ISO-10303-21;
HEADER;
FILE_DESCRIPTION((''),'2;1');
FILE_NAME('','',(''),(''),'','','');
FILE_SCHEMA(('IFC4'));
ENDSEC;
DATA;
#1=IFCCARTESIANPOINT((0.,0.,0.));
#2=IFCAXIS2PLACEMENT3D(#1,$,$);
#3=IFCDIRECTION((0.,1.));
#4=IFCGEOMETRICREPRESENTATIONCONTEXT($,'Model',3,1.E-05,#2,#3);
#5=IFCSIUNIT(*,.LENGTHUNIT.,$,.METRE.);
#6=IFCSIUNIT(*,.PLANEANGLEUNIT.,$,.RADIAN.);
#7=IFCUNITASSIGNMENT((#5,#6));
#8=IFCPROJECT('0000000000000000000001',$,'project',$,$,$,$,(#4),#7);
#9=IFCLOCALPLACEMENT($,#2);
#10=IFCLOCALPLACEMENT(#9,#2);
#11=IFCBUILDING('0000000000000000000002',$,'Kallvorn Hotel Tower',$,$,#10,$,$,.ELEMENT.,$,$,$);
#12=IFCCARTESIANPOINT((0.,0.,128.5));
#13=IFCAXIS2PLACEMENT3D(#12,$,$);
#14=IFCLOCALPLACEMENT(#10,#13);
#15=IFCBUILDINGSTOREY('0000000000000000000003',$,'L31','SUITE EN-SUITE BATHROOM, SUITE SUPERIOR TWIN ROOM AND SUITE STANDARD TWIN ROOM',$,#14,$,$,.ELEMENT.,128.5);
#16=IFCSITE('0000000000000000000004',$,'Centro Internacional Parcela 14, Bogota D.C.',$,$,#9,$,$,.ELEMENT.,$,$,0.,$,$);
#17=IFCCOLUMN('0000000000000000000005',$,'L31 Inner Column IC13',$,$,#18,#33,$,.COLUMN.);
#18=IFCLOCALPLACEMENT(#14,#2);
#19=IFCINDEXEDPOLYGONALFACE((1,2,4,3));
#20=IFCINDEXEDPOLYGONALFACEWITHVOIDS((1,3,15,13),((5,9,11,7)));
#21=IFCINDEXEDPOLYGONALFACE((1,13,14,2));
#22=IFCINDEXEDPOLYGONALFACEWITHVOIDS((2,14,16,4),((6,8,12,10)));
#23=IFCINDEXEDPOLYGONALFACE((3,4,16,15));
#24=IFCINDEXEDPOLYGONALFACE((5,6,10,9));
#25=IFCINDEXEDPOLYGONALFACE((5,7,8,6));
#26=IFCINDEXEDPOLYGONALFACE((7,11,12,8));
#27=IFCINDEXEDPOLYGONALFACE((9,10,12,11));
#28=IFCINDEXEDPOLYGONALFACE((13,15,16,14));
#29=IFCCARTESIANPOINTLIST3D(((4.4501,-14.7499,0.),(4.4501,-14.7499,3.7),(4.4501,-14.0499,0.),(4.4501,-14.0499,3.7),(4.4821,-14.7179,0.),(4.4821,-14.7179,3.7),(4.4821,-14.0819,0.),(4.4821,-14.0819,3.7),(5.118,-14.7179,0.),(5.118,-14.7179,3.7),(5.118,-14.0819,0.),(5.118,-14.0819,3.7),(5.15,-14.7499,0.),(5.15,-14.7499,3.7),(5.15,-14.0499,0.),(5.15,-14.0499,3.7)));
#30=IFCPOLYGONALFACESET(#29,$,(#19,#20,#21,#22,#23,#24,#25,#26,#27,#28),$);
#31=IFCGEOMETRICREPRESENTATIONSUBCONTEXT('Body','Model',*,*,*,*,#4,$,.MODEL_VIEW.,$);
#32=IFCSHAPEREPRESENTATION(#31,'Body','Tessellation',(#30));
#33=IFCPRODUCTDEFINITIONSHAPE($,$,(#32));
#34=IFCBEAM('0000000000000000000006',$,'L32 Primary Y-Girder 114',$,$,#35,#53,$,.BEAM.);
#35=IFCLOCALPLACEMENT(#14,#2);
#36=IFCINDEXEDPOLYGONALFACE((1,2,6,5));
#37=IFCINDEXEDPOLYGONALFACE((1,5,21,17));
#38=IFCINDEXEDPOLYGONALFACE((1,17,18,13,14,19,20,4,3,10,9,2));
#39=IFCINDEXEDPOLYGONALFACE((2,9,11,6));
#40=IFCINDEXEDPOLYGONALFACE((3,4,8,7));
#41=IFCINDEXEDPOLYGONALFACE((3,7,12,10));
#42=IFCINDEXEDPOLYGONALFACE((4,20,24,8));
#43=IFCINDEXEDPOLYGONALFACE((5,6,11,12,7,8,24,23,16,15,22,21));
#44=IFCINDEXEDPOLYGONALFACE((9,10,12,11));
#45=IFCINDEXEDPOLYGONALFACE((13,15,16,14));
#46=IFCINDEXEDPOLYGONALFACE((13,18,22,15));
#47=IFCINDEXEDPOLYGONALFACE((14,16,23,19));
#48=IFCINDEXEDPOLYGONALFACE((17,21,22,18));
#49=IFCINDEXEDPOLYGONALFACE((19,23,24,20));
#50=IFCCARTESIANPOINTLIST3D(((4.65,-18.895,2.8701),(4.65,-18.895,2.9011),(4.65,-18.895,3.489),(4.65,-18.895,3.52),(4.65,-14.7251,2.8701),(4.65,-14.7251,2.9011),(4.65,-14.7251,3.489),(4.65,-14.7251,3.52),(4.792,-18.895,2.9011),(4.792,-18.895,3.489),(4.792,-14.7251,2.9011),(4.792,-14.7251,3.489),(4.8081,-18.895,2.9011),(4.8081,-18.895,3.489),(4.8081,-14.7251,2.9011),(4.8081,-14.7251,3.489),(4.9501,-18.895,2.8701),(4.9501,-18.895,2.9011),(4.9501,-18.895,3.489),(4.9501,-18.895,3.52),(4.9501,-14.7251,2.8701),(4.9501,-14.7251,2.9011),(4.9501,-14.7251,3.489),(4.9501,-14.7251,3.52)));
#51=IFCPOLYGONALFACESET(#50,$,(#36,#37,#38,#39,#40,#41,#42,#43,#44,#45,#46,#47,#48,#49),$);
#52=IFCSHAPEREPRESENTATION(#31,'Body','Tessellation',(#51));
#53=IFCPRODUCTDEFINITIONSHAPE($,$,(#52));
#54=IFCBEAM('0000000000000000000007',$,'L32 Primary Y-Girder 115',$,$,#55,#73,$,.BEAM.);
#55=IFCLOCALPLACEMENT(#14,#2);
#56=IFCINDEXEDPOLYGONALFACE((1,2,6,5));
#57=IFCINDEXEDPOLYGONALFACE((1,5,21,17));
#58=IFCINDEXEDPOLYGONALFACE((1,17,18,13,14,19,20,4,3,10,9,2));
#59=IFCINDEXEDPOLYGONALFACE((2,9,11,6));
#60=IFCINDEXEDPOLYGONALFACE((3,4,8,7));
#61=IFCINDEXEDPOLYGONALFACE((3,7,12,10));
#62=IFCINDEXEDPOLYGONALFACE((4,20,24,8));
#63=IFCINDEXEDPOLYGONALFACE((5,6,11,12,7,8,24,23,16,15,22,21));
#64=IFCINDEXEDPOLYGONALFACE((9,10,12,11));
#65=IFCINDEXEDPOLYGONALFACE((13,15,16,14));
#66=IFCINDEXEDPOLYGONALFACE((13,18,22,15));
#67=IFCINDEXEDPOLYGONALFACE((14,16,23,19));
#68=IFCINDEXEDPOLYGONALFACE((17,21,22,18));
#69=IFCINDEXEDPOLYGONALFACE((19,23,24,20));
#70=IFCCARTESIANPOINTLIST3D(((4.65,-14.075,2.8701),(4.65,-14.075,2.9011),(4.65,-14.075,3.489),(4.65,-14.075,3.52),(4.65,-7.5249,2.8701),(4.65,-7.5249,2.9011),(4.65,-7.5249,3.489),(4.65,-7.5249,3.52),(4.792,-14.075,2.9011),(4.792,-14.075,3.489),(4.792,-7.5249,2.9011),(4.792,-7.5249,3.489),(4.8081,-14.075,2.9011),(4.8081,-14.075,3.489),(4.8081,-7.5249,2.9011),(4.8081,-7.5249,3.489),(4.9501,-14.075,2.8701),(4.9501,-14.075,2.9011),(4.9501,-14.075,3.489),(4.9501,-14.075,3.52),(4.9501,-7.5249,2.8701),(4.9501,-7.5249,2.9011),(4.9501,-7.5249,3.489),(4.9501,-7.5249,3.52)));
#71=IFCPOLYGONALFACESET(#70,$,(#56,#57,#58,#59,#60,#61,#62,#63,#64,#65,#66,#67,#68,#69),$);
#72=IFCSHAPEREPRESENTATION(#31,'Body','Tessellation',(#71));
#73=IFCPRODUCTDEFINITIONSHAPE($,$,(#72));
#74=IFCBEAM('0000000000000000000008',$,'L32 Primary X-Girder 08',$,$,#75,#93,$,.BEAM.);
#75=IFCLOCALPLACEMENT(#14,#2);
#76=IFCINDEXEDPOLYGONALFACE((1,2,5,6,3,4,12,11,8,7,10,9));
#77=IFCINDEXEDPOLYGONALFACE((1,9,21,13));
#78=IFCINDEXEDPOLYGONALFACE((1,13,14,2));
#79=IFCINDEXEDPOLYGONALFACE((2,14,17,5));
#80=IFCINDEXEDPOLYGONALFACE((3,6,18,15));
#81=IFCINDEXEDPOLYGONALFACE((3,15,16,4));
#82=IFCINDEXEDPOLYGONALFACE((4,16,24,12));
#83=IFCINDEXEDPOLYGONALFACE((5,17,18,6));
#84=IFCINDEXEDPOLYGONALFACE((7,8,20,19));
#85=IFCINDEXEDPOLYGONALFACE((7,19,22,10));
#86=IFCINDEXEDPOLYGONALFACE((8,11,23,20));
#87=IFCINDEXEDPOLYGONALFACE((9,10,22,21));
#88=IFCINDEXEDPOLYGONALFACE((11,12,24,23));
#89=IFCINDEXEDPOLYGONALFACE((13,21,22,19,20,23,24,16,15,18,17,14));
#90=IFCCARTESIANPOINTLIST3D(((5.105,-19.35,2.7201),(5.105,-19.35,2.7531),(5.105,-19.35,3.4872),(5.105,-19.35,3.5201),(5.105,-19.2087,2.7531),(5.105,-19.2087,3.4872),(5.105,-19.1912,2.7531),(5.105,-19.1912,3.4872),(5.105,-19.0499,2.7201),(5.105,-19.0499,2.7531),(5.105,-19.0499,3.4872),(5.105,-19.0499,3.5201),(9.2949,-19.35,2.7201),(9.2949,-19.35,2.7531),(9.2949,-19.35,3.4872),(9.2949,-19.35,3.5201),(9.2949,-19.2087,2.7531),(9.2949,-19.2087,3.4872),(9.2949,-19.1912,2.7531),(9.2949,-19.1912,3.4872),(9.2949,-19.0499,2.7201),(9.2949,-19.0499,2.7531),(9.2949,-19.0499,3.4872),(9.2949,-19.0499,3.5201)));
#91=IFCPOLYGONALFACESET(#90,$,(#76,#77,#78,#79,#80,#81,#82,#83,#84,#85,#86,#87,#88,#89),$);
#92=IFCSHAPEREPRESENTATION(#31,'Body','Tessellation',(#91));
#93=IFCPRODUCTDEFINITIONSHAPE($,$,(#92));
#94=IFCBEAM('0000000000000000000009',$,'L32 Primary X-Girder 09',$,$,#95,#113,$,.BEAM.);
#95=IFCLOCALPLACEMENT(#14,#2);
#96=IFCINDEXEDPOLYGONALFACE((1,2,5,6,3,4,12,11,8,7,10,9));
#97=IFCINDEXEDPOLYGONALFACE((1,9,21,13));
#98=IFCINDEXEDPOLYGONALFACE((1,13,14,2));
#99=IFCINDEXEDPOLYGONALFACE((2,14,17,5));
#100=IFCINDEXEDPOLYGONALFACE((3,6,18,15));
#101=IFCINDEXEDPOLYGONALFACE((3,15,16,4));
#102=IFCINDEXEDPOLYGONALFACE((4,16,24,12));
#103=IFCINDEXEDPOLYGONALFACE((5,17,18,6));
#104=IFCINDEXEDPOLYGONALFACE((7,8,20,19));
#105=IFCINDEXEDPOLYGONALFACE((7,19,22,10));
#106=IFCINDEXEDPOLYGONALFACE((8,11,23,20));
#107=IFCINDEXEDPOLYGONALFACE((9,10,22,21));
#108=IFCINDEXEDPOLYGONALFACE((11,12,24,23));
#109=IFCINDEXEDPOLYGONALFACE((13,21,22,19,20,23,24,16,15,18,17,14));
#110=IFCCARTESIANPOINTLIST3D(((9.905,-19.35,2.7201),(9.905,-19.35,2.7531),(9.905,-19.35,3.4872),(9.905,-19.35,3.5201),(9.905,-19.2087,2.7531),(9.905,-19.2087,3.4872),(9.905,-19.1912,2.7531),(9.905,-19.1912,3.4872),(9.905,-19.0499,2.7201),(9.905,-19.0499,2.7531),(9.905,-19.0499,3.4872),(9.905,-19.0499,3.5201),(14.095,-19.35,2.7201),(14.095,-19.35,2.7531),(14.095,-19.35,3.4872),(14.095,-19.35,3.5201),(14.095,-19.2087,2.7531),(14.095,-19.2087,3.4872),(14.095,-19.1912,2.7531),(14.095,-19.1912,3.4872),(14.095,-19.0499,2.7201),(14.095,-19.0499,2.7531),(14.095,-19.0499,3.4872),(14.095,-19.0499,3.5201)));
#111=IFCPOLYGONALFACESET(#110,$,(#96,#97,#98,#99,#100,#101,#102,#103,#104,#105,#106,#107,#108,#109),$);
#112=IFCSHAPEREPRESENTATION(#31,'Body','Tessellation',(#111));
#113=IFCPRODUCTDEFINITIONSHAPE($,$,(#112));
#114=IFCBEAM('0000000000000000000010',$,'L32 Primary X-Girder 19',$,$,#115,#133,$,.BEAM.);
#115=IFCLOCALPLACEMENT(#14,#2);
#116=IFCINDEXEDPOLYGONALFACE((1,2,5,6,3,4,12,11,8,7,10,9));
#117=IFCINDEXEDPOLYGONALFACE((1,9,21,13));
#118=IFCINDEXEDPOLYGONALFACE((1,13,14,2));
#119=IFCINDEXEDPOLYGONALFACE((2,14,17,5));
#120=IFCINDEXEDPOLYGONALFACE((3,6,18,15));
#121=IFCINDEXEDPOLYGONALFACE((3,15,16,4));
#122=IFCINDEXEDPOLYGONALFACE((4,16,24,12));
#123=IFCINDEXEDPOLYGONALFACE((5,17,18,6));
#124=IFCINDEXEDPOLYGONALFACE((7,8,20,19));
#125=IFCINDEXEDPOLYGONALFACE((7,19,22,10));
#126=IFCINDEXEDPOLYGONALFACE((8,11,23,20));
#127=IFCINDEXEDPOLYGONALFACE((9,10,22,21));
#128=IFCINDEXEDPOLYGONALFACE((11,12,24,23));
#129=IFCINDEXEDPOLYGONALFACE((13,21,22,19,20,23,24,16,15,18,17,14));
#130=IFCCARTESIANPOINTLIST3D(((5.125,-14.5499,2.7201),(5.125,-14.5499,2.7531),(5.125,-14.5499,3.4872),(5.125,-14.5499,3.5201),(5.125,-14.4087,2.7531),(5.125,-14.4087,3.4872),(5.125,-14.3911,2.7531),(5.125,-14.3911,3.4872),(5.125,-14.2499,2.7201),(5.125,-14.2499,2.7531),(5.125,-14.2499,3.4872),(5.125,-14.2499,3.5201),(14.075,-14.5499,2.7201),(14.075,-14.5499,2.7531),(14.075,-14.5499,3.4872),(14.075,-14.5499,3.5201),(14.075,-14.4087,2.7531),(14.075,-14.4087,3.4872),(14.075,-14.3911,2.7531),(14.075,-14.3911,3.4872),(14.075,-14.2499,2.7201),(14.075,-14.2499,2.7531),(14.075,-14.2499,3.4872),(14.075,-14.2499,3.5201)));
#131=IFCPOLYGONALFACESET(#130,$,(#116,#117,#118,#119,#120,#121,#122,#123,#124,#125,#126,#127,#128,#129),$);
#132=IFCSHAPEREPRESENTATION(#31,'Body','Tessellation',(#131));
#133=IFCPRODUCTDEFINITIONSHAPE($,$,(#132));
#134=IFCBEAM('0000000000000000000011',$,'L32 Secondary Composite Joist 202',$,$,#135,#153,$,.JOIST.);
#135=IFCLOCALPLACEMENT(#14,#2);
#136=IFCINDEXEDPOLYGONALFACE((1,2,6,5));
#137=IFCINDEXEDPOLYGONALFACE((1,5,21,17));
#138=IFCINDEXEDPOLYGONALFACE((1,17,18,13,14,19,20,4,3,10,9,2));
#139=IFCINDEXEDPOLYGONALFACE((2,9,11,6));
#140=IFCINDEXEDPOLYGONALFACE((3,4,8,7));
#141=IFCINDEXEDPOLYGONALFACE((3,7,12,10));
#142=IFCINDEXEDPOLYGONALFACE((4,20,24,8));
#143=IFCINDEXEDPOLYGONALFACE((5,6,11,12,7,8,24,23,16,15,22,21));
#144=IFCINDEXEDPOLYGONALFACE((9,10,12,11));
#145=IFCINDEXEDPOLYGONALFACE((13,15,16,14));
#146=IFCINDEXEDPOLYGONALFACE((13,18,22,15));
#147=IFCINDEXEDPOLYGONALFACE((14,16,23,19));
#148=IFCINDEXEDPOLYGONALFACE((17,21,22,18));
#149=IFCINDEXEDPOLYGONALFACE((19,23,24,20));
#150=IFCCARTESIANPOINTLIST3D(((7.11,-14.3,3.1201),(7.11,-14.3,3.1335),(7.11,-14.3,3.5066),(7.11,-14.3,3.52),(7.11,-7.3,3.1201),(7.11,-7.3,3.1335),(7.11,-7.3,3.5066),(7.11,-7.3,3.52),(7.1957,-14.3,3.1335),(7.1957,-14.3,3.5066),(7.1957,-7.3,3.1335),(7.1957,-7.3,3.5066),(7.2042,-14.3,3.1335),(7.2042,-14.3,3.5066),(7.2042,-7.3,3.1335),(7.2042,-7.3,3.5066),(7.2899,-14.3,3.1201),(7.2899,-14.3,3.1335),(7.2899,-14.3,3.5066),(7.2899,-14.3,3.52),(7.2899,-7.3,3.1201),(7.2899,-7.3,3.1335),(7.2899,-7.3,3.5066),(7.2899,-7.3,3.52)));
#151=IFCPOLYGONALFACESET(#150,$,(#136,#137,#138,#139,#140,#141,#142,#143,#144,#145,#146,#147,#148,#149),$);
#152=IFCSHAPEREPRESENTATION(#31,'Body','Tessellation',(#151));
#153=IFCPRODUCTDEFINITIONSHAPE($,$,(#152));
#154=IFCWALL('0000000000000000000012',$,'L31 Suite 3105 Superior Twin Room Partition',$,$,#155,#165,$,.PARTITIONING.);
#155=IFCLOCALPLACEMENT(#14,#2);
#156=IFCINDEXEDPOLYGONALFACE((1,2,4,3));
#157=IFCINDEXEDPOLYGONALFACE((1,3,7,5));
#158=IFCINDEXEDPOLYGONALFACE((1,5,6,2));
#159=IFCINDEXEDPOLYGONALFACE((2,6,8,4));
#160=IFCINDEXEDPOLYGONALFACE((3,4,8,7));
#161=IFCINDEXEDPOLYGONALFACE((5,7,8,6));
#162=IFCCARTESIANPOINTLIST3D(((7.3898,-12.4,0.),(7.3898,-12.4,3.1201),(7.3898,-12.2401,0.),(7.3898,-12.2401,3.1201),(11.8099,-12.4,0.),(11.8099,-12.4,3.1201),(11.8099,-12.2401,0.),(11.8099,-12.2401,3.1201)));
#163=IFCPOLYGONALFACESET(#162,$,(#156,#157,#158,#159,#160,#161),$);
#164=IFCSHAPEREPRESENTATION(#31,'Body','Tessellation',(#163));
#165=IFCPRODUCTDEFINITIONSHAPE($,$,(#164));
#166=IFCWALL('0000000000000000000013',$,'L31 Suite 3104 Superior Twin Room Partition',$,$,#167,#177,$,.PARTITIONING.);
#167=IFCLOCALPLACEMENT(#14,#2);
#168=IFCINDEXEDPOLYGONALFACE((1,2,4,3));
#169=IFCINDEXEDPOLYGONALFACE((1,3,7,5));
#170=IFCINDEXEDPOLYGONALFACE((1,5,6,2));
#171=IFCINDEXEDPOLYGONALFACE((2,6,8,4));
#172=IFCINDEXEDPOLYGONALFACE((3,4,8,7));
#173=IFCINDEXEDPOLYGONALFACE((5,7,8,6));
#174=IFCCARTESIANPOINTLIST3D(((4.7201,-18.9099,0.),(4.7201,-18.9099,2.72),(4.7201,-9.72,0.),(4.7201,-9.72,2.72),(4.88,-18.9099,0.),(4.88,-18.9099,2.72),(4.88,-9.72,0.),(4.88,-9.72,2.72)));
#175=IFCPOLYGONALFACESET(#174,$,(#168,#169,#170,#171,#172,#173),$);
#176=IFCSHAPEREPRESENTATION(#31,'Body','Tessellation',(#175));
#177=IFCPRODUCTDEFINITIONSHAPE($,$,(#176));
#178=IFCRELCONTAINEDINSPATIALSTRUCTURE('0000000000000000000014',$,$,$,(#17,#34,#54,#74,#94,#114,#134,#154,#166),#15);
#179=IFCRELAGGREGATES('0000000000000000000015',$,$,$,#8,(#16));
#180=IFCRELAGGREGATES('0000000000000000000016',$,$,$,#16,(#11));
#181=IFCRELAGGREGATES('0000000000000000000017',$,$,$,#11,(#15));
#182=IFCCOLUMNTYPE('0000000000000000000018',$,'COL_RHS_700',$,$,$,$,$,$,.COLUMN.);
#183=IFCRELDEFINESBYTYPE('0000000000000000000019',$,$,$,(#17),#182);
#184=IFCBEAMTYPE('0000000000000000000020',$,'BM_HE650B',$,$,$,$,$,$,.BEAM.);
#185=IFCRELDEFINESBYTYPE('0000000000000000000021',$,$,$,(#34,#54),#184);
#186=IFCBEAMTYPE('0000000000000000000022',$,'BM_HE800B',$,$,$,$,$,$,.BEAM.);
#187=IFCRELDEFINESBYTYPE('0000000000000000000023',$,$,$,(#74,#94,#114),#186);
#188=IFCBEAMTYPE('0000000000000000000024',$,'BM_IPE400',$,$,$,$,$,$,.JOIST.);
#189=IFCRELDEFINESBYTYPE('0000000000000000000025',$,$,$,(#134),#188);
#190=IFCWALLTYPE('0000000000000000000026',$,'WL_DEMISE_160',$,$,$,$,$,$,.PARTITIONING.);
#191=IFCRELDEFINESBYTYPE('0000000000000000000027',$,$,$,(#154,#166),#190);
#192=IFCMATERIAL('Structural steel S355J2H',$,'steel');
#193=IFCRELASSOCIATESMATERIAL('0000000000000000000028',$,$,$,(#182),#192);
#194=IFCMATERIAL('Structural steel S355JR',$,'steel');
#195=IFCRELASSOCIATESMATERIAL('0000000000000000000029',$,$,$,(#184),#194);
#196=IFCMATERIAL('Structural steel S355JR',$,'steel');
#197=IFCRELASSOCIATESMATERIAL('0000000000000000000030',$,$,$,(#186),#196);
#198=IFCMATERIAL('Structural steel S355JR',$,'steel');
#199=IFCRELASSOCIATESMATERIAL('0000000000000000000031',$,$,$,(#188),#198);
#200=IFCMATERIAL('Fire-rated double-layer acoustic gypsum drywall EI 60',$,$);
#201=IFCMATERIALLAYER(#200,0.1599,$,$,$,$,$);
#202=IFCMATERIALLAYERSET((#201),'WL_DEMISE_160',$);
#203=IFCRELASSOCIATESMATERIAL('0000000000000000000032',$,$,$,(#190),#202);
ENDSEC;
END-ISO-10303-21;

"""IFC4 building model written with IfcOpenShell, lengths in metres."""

from ifc_helpers import new_model, si_unit, direction, frame, frame_2d, origin, origin_2d, place, context, subcontext, project, spatial, rectangle, hollow_rectangle, i_section, extrude, material, layer, layer_set, material_profile, profile_set, type_object, element, save


model = new_model("IFC4")

# Units and contexts
model_context = context("Model", 3, precision=1e-05, world=origin(), true_north=direction((0.0, 1.0)))
body_context = subcontext(model_context, "Body", "Model", "MODEL_VIEW")
ifc_project = project(units=[si_unit("LENGTHUNIT", "METRE"), si_unit("PLANEANGLEUNIT", "RADIAN")], contexts=[model_context])

# Site, building, storey
site_placement = place(None, origin())
site = spatial("IfcSite", under=ifc_project, at=site_placement, Name="Centro Internacional Parcela 14, Bogota D.C.", CompositionType="ELEMENT", RefElevation=0.0)
building_placement = place(site_placement, origin())
building = spatial("IfcBuilding", under=site, at=building_placement, Name="Kallvorn Hotel Tower", CompositionType="ELEMENT")
storey_placement = place(building_placement, frame((0.0, 0.0, 128.5)))
storey = spatial("IfcBuildingStorey", under=building, at=storey_placement, Name="L31", Description="SUITE EN-SUITE BATHROOM, SUITE SUPERIOR TWIN ROOM AND SUITE STANDARD TWIN ROOM", CompositionType="ELEMENT", Elevation=128.5)

# Column
ifc_material_1 = material(Name="Structural steel S355J2H", Category="steel")
ifc_material_profile_1 = material_profile(ifc_material_1, hollow_rectangle(XDim=0.7, YDim=0.7, WallThickness=0.032, at=origin_2d()), Name="RHS 700x700x32")
ifc_profile_set_1 = profile_set([ifc_material_profile_1], Name="Structural steel S355J2H")
column_type_1 = type_object("IfcColumnType", Name="COL_RHS_700", PredefinedType="COLUMN", material=ifc_profile_set_1)
column_placement = place(storey_placement, frame((4.8, -14.3999, 0.0), z_axis=(0.0, 0.0, 1.0), x_axis=(1.0, 0.0, 0.0)))
element("IfcColumn", 1, at=column_placement, inside=storey, type_object=column_type_1, Name="L31 Inner Column IC13", PredefinedType="COLUMN", context=body_context, shape_type="SweptSolid", body=[
    extrude(hollow_rectangle(XDim=0.7, YDim=0.7, WallThickness=0.032, at=origin_2d()), origin(), (0.0, 0.0, 1.0), 3.7),
])

# Beams
ifc_material_2 = material(Name="Structural steel S355JR", Category="steel")
ifc_material_profile_2 = material_profile(ifc_material_2, i_section(OverallWidth=0.3, OverallDepth=0.6499, WebThickness=0.0161, FlangeThickness=0.031, at=origin_2d()), Name="HE 650 B")
ifc_profile_set_2 = profile_set([ifc_material_profile_2], Name="Structural steel S355JR")
beam_type_1 = type_object("IfcBeamType", Name="BM_HE650B", PredefinedType="BEAM", material=ifc_profile_set_2)
beam_1_placement = place(storey_placement, frame((4.8, -18.895, 3.1951), z_axis=(0.0, 1.0, 0.0), x_axis=(-1.0, 0.0, 0.0)))
element("IfcBeam", 2, at=beam_1_placement, inside=storey, type_object=beam_type_1, Name="L32 Primary Y-Girder 114", PredefinedType="BEAM", context=body_context, shape_type="SweptSolid", body=[
    extrude(i_section(OverallWidth=0.3, OverallDepth=0.6499, WebThickness=0.0161, FlangeThickness=0.031, at=origin_2d()), origin(), (0.0, 0.0, 1.0), 4.1699),
])
beam_2_placement = place(storey_placement, frame((4.8, -14.075, 3.1951), z_axis=(0.0, 1.0, 0.0), x_axis=(-1.0, 0.0, 0.0)))
element("IfcBeam", 3, at=beam_2_placement, inside=storey, type_object=beam_type_1, Name="L32 Primary Y-Girder 115", PredefinedType="BEAM", context=body_context, shape_type="SweptSolid", body=[
    extrude(i_section(OverallWidth=0.3, OverallDepth=0.6499, WebThickness=0.0161, FlangeThickness=0.031, at=origin_2d()), origin(), (0.0, 0.0, 1.0), 6.55),
])
ifc_material_3 = material(Name="Structural steel S355JR", Category="steel")
ifc_material_profile_3 = material_profile(ifc_material_3, i_section(OverallWidth=0.3, OverallDepth=0.8, WebThickness=0.0176, FlangeThickness=0.033, at=origin_2d()), Name="HE 800 B")
ifc_profile_set_3 = profile_set([ifc_material_profile_3], Name="Structural steel S355JR")
beam_type_2 = type_object("IfcBeamType", Name="BM_HE800B", PredefinedType="BEAM", material=ifc_profile_set_3)
for number, where, z_axis, x_axis, name in (
    (4, (5.105, -19.2, 3.1201), (1.0, 0.0, 0.0), (0.0, 1.0, 0.0), "L32 Primary X-Girder 08"),
    (5, (9.905, -19.2, 3.1201), (1.0, 0.0, 0.0), (0.0, 1.0, 0.0), "L32 Primary X-Girder 09"),
):
    element("IfcBeam", number, at=place(storey_placement, frame(where, z_axis=z_axis, x_axis=x_axis)), inside=storey, type_object=beam_type_2, Name=name, PredefinedType="BEAM", context=body_context, shape_type="SweptSolid", body=[
        extrude(i_section(OverallWidth=0.3, OverallDepth=0.8, WebThickness=0.0176, FlangeThickness=0.033, at=origin_2d()), origin(), (0.0, 0.0, 1.0), 4.1899),
    ])
beam_3_placement = place(storey_placement, frame((5.125, -14.3999, 3.1201), z_axis=(1.0, 0.0, 0.0), x_axis=(0.0, 1.0, 0.0)))
element("IfcBeam", 6, at=beam_3_placement, inside=storey, type_object=beam_type_2, Name="L32 Primary X-Girder 19", PredefinedType="BEAM", context=body_context, shape_type="SweptSolid", body=[
    extrude(i_section(OverallWidth=0.3, OverallDepth=0.8, WebThickness=0.0176, FlangeThickness=0.033, at=origin_2d()), origin(), (0.0, 0.0, 1.0), 8.95),
])
ifc_material_4 = material(Name="Structural steel S355JR", Category="steel")
ifc_material_profile_4 = material_profile(ifc_material_4, i_section(OverallWidth=0.1799, OverallDepth=0.3999, WebThickness=0.0085, FlangeThickness=0.0134, at=origin_2d()), Name="IPE 400")
ifc_profile_set_4 = profile_set([ifc_material_profile_4], Name="Structural steel S355JR")
beam_type_3 = type_object("IfcBeamType", Name="BM_IPE400", PredefinedType="JOIST", material=ifc_profile_set_4)
beam_4_placement = place(storey_placement, frame((7.2, -14.3, 3.3201), z_axis=(0.0, 1.0, 0.0), x_axis=(-1.0, 0.0, 0.0)))
element("IfcBeam", 7, at=beam_4_placement, inside=storey, type_object=beam_type_3, Name="L32 Secondary Composite Joist 202", PredefinedType="JOIST", context=body_context, shape_type="SweptSolid", body=[
    extrude(i_section(OverallWidth=0.1799, OverallDepth=0.3999, WebThickness=0.0085, FlangeThickness=0.0134, at=origin_2d()), origin(), (0.0, 0.0, 1.0), 7.0),
])

# Walls
ifc_material_5 = material(Name="Fire-rated double-layer acoustic gypsum drywall EI 60")
ifc_layer_1 = layer(ifc_material_5, 0.1599)
ifc_layer_set_1 = layer_set([ifc_layer_1], Name="WL_DEMISE_160")
wall_type_1 = type_object("IfcWallType", Name="WL_DEMISE_160", PredefinedType="PARTITIONING", material=ifc_layer_set_1)
wall_1_placement = place(storey_placement, frame((7.3899, -12.3201, 0.0), z_axis=(0.0, 0.0, 1.0), x_axis=(1.0, 0.0, 0.0)))
element("IfcWall", 8, at=wall_1_placement, inside=storey, type_object=wall_type_1, Name="L31 Suite 3105 Superior Twin Room Partition", PredefinedType="PARTITIONING", context=body_context, shape_type="SweptSolid", body=[
    extrude(rectangle(XDim=4.4202, YDim=0.1599, at=frame_2d((2.21, 0.0))), origin(), (0.0, 0.0, 1.0), 3.1201),
])
wall_2_placement = place(storey_placement, frame((4.8, -18.9099, 0.0), z_axis=(0.0, 0.0, 1.0), x_axis=(0.0, 1.0, 0.0)))
element("IfcWall", 9, at=wall_2_placement, inside=storey, type_object=wall_type_1, Name="L31 Suite 3104 Superior Twin Room Partition", PredefinedType="PARTITIONING", context=body_context, shape_type="SweptSolid", body=[
    extrude(rectangle(XDim=9.1899, YDim=0.1599, at=frame_2d((4.595, 0.0))), origin(), (0.0, 0.0, 1.0), 2.72),
])

save(model, "model.ifc")
